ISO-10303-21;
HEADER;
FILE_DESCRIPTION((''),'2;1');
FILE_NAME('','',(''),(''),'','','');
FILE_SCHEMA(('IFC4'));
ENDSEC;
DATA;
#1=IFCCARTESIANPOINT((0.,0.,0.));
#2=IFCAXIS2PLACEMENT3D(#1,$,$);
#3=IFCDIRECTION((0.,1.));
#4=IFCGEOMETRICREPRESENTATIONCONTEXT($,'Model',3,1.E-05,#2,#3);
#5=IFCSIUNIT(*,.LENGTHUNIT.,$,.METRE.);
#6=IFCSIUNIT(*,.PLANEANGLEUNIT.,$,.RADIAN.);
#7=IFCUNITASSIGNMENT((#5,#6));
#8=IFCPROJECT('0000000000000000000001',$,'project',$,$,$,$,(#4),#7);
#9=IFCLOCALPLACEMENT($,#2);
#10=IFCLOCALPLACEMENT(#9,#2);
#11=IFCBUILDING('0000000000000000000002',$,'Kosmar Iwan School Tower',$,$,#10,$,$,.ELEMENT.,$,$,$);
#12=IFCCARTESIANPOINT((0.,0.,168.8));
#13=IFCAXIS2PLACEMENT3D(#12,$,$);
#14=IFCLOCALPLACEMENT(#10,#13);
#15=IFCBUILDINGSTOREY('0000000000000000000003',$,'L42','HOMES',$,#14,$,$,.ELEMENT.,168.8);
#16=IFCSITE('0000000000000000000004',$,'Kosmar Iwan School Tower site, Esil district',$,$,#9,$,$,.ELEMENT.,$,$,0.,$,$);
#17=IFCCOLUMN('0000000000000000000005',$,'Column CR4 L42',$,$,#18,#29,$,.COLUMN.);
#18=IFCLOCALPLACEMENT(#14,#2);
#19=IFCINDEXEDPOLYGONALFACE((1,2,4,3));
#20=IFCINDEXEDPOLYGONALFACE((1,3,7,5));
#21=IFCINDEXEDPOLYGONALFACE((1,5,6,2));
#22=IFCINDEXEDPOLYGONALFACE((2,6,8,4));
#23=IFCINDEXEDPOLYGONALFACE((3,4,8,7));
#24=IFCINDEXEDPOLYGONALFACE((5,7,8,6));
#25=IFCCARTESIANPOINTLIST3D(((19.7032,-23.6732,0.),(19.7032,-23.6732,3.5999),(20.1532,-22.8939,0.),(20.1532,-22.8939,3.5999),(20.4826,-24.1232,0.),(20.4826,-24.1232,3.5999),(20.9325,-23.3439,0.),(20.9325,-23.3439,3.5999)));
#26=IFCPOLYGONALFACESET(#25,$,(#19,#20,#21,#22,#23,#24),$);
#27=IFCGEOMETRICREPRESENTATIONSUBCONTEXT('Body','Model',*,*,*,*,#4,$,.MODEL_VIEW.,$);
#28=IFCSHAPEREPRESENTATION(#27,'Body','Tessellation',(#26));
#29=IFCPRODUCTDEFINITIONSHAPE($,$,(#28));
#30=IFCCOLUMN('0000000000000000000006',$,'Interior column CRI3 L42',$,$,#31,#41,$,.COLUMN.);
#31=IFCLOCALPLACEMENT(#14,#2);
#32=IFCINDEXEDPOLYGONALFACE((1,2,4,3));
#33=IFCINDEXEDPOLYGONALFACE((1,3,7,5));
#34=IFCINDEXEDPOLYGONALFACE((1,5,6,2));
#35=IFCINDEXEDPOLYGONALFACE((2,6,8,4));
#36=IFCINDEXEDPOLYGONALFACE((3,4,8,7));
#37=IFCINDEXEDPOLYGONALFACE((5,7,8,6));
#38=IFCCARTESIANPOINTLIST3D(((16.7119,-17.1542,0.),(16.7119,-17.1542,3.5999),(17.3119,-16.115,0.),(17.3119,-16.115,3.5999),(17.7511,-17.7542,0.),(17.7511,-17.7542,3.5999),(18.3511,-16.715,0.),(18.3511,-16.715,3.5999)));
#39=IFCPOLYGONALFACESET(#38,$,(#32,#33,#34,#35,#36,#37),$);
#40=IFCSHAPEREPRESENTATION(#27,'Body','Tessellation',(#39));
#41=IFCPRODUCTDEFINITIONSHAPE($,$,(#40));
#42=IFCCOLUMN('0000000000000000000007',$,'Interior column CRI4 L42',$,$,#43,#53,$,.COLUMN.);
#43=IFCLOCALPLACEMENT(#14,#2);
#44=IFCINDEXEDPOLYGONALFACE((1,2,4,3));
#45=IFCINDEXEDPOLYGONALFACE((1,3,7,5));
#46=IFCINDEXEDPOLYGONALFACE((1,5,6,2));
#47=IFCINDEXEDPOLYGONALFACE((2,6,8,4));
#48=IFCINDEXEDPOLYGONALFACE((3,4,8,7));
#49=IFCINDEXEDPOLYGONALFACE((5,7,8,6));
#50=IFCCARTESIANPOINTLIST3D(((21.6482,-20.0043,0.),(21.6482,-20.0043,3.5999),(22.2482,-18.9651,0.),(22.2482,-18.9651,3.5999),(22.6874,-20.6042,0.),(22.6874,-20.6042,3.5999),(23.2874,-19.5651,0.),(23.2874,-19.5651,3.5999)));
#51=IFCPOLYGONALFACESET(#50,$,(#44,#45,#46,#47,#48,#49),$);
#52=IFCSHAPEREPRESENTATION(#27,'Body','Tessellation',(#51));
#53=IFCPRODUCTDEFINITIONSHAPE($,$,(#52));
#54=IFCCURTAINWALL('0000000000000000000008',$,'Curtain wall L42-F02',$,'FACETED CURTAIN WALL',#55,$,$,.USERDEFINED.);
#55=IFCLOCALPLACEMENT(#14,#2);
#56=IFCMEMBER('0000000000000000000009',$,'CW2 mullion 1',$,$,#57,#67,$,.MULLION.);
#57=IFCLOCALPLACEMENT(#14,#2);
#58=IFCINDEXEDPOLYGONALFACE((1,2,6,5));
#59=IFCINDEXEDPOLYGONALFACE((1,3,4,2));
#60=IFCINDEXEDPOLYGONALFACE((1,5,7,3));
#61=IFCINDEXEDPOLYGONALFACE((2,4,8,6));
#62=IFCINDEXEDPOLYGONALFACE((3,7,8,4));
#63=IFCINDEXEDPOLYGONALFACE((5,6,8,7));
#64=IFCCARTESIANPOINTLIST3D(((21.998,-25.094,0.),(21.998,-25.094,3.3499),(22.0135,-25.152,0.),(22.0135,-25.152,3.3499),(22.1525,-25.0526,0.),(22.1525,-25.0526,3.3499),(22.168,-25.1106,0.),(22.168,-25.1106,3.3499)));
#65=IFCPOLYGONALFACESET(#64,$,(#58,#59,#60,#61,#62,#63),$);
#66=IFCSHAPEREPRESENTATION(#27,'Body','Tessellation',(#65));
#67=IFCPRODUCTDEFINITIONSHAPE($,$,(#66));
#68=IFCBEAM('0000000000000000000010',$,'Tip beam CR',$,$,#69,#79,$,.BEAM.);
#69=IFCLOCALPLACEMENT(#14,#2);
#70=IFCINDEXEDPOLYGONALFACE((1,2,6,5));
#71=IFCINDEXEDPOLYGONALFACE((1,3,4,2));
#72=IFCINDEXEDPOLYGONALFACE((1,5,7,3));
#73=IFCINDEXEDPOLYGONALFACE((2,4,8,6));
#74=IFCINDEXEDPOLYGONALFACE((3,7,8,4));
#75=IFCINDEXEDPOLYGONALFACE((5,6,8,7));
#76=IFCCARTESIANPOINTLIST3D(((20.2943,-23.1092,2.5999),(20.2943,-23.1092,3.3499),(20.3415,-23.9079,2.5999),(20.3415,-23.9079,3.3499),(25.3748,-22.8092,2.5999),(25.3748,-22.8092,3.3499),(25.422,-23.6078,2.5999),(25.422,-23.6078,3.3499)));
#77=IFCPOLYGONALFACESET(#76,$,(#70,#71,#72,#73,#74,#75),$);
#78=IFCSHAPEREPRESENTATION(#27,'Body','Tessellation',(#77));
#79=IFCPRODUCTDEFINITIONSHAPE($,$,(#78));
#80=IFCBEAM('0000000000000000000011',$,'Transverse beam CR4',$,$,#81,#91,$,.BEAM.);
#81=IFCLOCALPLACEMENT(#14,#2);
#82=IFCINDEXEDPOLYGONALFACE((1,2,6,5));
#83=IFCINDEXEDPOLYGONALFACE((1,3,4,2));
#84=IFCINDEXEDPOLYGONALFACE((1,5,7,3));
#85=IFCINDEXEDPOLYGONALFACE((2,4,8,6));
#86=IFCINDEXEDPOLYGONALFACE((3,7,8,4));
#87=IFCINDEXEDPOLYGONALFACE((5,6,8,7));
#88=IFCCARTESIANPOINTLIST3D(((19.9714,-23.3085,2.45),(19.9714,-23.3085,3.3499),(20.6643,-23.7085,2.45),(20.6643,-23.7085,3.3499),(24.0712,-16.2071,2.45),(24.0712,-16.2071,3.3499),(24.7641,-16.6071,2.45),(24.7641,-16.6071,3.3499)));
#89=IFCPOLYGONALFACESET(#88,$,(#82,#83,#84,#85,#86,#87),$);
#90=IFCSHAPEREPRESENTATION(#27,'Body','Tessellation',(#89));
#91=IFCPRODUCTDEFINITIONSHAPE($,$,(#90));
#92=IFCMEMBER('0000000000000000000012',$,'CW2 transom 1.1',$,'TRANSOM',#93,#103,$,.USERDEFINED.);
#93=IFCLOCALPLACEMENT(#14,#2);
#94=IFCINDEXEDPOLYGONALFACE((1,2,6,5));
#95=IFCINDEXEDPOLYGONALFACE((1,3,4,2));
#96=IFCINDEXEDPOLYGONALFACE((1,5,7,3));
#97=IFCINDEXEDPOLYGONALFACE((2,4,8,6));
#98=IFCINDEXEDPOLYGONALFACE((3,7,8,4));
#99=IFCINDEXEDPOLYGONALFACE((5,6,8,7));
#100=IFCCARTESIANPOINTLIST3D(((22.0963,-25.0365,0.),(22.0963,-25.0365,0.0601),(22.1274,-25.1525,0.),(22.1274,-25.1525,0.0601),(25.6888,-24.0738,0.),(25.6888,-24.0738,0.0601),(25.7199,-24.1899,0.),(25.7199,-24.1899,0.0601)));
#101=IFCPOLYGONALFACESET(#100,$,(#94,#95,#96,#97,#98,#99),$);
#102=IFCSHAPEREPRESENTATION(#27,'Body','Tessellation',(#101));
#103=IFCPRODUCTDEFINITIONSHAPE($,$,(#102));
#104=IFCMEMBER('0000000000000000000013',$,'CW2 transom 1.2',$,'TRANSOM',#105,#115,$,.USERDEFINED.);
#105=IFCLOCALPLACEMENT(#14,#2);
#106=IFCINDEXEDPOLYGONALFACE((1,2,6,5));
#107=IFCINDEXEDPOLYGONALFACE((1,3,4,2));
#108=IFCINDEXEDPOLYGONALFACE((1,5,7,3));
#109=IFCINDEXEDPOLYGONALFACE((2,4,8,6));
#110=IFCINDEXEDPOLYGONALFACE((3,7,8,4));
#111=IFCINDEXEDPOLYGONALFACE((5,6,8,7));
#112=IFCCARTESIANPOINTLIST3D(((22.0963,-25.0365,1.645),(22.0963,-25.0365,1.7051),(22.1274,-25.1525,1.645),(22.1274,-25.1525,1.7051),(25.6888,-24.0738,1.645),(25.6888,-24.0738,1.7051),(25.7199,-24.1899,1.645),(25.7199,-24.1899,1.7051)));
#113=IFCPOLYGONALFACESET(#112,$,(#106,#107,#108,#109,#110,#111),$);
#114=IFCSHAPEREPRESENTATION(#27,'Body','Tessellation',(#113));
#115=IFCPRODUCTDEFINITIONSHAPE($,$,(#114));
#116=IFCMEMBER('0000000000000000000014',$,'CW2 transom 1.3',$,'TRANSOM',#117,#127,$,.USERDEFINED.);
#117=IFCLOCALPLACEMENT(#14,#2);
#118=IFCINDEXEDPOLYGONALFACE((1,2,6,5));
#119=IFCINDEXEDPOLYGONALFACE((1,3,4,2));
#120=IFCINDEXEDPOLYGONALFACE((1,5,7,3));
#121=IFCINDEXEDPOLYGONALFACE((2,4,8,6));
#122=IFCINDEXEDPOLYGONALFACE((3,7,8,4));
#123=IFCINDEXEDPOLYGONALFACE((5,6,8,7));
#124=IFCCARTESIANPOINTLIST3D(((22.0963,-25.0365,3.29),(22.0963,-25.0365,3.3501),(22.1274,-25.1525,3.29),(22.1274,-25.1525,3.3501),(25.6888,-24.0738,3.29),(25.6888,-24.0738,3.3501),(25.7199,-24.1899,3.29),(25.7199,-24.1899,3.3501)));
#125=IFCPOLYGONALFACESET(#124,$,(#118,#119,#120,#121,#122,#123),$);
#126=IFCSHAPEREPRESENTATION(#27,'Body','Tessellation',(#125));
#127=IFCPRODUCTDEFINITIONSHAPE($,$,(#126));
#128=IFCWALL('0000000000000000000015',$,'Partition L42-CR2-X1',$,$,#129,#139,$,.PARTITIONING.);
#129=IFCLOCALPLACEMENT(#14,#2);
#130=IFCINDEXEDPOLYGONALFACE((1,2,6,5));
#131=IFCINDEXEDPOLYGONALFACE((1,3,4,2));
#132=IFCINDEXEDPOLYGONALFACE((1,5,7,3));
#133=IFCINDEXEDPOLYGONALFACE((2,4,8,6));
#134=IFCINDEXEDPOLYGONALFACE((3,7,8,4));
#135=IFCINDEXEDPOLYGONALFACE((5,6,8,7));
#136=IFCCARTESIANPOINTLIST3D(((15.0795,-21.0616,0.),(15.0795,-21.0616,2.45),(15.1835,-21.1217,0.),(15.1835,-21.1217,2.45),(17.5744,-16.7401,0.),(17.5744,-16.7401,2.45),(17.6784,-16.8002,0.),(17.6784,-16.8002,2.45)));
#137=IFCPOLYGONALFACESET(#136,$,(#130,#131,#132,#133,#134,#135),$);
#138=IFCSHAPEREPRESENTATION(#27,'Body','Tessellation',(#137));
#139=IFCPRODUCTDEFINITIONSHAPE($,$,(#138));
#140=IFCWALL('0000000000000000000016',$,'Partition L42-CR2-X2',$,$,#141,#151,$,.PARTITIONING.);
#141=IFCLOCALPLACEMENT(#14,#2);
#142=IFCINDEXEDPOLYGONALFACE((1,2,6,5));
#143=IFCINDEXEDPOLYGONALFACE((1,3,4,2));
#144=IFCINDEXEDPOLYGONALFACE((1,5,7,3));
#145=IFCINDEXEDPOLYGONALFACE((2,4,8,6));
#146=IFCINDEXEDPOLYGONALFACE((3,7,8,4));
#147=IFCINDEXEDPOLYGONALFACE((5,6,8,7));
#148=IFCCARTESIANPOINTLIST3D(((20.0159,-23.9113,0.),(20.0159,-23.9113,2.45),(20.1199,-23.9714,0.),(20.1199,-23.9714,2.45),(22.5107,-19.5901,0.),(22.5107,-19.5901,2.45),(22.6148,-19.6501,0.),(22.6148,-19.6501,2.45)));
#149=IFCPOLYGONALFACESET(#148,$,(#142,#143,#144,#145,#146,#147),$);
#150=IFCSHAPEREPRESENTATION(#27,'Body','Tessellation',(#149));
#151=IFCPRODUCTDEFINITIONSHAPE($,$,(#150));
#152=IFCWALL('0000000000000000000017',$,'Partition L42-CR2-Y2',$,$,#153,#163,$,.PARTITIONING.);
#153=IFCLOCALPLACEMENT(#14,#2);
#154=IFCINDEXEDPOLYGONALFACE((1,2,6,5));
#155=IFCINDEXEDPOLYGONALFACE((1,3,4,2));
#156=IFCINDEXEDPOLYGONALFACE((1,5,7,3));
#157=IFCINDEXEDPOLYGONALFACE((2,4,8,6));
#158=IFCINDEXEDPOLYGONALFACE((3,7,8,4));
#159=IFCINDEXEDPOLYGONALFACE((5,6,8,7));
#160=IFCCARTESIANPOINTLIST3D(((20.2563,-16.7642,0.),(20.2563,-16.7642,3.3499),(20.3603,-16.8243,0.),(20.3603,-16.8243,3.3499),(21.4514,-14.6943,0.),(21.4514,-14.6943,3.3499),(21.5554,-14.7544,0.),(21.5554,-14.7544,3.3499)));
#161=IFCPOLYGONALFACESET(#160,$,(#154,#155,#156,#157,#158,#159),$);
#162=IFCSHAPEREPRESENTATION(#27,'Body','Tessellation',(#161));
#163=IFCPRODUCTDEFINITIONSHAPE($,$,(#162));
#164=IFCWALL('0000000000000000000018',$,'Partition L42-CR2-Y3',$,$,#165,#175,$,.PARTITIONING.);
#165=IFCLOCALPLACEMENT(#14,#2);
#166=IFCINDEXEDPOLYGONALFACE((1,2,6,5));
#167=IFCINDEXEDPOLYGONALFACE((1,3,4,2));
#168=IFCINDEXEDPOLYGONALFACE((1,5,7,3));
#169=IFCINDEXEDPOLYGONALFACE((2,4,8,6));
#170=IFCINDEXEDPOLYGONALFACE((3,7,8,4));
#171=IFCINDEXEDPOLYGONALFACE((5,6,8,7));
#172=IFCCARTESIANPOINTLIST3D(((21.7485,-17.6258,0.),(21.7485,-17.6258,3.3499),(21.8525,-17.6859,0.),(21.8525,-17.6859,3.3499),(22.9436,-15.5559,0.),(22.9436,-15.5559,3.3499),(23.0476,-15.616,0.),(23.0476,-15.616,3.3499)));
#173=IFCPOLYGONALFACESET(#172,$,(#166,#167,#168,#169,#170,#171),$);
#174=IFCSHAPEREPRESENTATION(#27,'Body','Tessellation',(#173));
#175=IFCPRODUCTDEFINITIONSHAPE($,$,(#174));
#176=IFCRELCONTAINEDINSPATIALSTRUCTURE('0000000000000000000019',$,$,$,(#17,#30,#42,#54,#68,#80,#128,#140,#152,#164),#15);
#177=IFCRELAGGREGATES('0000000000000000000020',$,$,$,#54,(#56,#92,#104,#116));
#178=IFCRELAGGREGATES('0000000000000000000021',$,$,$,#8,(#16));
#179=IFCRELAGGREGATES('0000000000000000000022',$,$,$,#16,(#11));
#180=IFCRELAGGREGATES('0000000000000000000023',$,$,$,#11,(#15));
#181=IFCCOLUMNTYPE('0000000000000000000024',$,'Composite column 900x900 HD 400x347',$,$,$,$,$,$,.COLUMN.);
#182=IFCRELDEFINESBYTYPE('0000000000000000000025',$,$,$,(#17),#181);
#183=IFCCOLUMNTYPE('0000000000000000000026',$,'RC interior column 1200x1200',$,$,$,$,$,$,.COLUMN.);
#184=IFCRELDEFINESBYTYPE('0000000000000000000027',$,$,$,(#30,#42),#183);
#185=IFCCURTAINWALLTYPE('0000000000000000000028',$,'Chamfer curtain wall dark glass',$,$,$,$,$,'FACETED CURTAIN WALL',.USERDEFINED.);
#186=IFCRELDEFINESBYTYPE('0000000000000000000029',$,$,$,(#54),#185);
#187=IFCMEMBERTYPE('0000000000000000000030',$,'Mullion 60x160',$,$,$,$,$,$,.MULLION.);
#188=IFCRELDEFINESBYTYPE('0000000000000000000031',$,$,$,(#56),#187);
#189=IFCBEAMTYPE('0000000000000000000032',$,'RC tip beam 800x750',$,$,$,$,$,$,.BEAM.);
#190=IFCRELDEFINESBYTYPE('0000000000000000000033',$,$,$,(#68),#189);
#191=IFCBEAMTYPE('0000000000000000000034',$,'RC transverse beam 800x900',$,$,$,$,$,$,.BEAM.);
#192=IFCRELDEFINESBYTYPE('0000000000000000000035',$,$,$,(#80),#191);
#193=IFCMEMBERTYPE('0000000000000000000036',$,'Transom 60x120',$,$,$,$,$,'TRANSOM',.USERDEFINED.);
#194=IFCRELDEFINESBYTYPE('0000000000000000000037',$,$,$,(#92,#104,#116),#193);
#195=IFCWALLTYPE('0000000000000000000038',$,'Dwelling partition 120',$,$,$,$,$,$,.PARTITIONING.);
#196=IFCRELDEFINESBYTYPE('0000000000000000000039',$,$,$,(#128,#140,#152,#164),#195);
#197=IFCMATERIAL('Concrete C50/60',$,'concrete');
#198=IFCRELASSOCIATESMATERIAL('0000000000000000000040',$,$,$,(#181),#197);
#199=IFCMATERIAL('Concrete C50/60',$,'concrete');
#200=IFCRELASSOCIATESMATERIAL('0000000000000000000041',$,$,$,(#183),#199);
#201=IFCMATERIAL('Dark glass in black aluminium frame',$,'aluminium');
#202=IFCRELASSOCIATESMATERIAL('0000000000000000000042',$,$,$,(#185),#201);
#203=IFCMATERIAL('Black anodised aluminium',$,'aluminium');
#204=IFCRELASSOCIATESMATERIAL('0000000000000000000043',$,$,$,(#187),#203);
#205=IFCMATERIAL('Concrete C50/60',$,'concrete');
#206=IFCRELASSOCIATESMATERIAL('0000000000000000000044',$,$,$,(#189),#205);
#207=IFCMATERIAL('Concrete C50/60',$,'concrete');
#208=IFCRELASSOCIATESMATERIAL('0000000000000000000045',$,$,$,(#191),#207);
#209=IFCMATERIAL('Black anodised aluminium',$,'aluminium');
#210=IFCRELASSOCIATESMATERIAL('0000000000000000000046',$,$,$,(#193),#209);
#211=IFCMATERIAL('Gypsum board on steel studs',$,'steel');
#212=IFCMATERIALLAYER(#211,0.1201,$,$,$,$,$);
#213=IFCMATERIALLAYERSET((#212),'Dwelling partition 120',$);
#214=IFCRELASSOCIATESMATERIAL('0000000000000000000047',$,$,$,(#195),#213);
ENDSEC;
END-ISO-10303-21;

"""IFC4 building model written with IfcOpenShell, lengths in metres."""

from ifc_helpers import new_model, si_unit, direction, frame, frame_2d, origin, origin_2d, place, context, subcontext, project, spatial, rectangle, extrude, material, layer, layer_set, material_profile, profile_set, type_object, element, aggregate, save


model = new_model("IFC4")

# Units and contexts
model_context = context("Model", 3, precision=1e-05, world=origin(), true_north=direction((0.0, 1.0)))
body_context = subcontext(model_context, "Body", "Model", "MODEL_VIEW")
ifc_project = project(units=[si_unit("LENGTHUNIT", "METRE"), si_unit("PLANEANGLEUNIT", "RADIAN")], contexts=[model_context])

# Site, building, storey
site_placement = place(None, origin())
site = spatial("IfcSite", under=ifc_project, at=site_placement, Name="Kosmar Iwan School Tower site, Esil district", CompositionType="ELEMENT", RefElevation=0.0)
building_placement = place(site_placement, origin())
building = spatial("IfcBuilding", under=site, at=building_placement, Name="Kosmar Iwan School Tower", CompositionType="ELEMENT")
storey_placement = place(building_placement, frame((0.0, 0.0, 168.8)))
storey = spatial("IfcBuildingStorey", under=building, at=storey_placement, Name="L42", Description="HOMES", CompositionType="ELEMENT", Elevation=168.8)

# Columns
ifc_material_1 = material(Name="Concrete C50/60", Category="concrete")
ifc_material_profile_1 = material_profile(ifc_material_1, rectangle(XDim=0.8999, YDim=0.8999, at=origin_2d()), Name="RC 900x900 + HD 400x347")
ifc_profile_set_1 = profile_set([ifc_material_profile_1], Name="Concrete C50/60")
column_type_1 = type_object("IfcColumnType", Name="Composite column 900x900 HD 400x347", PredefinedType="COLUMN", material=ifc_profile_set_1)
column_placement = place(storey_placement, frame((20.3179, -23.5085, 0.0), z_axis=(0.0, 0.0, 1.0), x_axis=(0.866025, -0.5, 0.0)))
element("IfcColumn", 1, at=column_placement, inside=storey, type_object=column_type_1, Name="Column CR4 L42", PredefinedType="COLUMN", context=body_context, shape_type="SweptSolid", body=[
    extrude(rectangle(XDim=0.8999, YDim=0.8999, at=origin_2d()), origin(), (0.0, 0.0, 1.0), 3.5999),
])
ifc_material_2 = material(Name="Concrete C50/60", Category="concrete")
ifc_material_profile_2 = material_profile(ifc_material_2, rectangle(XDim=1.2, YDim=1.2, at=origin_2d()), Name="RC 1200x1200")
ifc_profile_set_2 = profile_set([ifc_material_profile_2], Name="Concrete C50/60")
column_type_2 = type_object("IfcColumnType", Name="RC interior column 1200x1200", PredefinedType="COLUMN", material=ifc_profile_set_2)
for number, where, z_axis, x_axis, name in (
    (2, (17.5315, -16.9346, 0.0), (0.0, 0.0, 1.0), (0.866025, -0.5, 0.0), "Interior column CRI3 L42"),
    (3, (22.4678, -19.7847, 0.0), (0.0, 0.0, 1.0), (0.866025, -0.5, 0.0), "Interior column CRI4 L42"),
):
    element("IfcColumn", number, at=place(storey_placement, frame(where, z_axis=z_axis, x_axis=x_axis)), inside=storey, type_object=column_type_2, Name=name, PredefinedType="COLUMN", context=body_context, shape_type="SweptSolid", body=[
        extrude(rectangle(XDim=1.2, YDim=1.2, at=origin_2d()), origin(), (0.0, 0.0, 1.0), 3.5999),
    ])

# Curtain wall, member
ifc_material_3 = material(Name="Dark glass in black aluminium frame", Category="aluminium")
curtain_wall_type = type_object("IfcCurtainWallType", Name="Chamfer curtain wall dark glass", ElementType="FACETED CURTAIN WALL", PredefinedType="USERDEFINED", material=ifc_material_3)
curtain_wall_placement = place(storey_placement, origin())
curtain_wall = element("IfcCurtainWall", 4, at=curtain_wall_placement, inside=storey, type_object=curtain_wall_type, Name="Curtain wall L42-F02", ObjectType="FACETED CURTAIN WALL", PredefinedType="USERDEFINED")
ifc_material_4 = material(Name="Black anodised aluminium", Category="aluminium")
ifc_material_profile_3 = material_profile(ifc_material_4, rectangle(XDim=0.0601, YDim=0.1599, at=origin_2d()), Name="MULLION 60x160")
ifc_profile_set_3 = profile_set([ifc_material_profile_3], Name="Black anodised aluminium")
member_type_1 = type_object("IfcMemberType", Name="Mullion 60x160", PredefinedType="MULLION", material=ifc_profile_set_3)
member_1_placement = place(storey_placement, frame((22.083, -25.1023, 0.0), z_axis=(0.0, 0.0, 1.0), x_axis=(-0.258819, 0.965926, 0.0)))
member_1 = element("IfcMember", 5, at=member_1_placement, type_object=member_type_1, Name="CW2 mullion 1", PredefinedType="MULLION", context=body_context, shape_type="SweptSolid", body=[
    extrude(rectangle(XDim=0.0601, YDim=0.1599, at=origin_2d()), origin(), (0.0, 0.0, 1.0), 3.3499),
])

# Beams
ifc_material_5 = material(Name="Concrete C50/60", Category="concrete")
ifc_material_profile_4 = material_profile(ifc_material_5, rectangle(XDim=0.8, YDim=0.75, at=origin_2d()), Name="RC 800x750")
ifc_profile_set_4 = profile_set([ifc_material_profile_4], Name="Concrete C50/60")
beam_type_1 = type_object("IfcBeamType", Name="RC tip beam 800x750", PredefinedType="BEAM", material=ifc_profile_set_4)
beam_1_placement = place(storey_placement, frame((20.3179, -23.5085, 2.9749), z_axis=(0.998261, 0.058955, 0.0), x_axis=(-0.058955, 0.998261, 0.0)))
element("IfcBeam", 6, at=beam_1_placement, inside=storey, type_object=beam_type_1, Name="Tip beam CR", PredefinedType="BEAM", context=body_context, shape_type="SweptSolid", body=[
    extrude(rectangle(XDim=0.8, YDim=0.75, at=origin_2d()), origin(), (0.0, 0.0, 1.0), 5.0894),
])
ifc_material_6 = material(Name="Concrete C50/60", Category="concrete")
ifc_material_profile_5 = material_profile(ifc_material_6, rectangle(XDim=0.8, YDim=0.8999, at=origin_2d()), Name="RC 800x900")
ifc_profile_set_5 = profile_set([ifc_material_profile_5], Name="Concrete C50/60")
beam_type_2 = type_object("IfcBeamType", Name="RC transverse beam 800x900", PredefinedType="BEAM", material=ifc_profile_set_5)
beam_2_placement = place(storey_placement, frame((20.3179, -23.5085, 2.8999), z_axis=(0.499978, 0.866038, 0.0), x_axis=(-0.866038, 0.499978, 0.0)))
element("IfcBeam", 7, at=beam_2_placement, inside=storey, type_object=beam_type_2, Name="Transverse beam CR4", PredefinedType="BEAM", context=body_context, shape_type="SweptSolid", body=[
    extrude(rectangle(XDim=0.8, YDim=0.8999, at=origin_2d()), origin(), (0.0, 0.0, 1.0), 8.2),
])

# Members
ifc_material_7 = material(Name="Black anodised aluminium", Category="aluminium")
ifc_material_profile_6 = material_profile(ifc_material_7, rectangle(XDim=0.1201, YDim=0.0601, at=origin_2d()), Name="TRANSOM 60x120")
ifc_profile_set_6 = profile_set([ifc_material_profile_6], Name="Black anodised aluminium")
member_type_2 = type_object("IfcMemberType", Name="Transom 60x120", ElementType="TRANSOM", PredefinedType="USERDEFINED", material=ifc_profile_set_6)
member_2_placement = place(storey_placement, frame((22.1118, -25.0945, 0.03), z_axis=(0.965924, 0.258827, 0.0), x_axis=(-0.258827, 0.965924, 0.0)))
member_2 = element("IfcMember", 8, at=member_2_placement, type_object=member_type_2, Name="CW2 transom 1.1", ObjectType="TRANSOM", PredefinedType="USERDEFINED", context=body_context, shape_type="SweptSolid", body=[
    extrude(rectangle(XDim=0.1201, YDim=0.0601, at=origin_2d()), origin(), (0.0, 0.0, 1.0), 3.7192),
])
member_3_placement = place(storey_placement, frame((22.1118, -25.0945, 1.675), z_axis=(0.965924, 0.258827, 0.0), x_axis=(-0.258827, 0.965924, 0.0)))
member_3 = element("IfcMember", 9, at=member_3_placement, type_object=member_type_2, Name="CW2 transom 1.2", ObjectType="TRANSOM", PredefinedType="USERDEFINED", context=body_context, shape_type="SweptSolid", body=[
    extrude(rectangle(XDim=0.1201, YDim=0.0601, at=origin_2d()), origin(), (0.0, 0.0, 1.0), 3.7192),
])
member_4_placement = place(storey_placement, frame((22.1118, -25.0945, 3.3201), z_axis=(0.965924, 0.258827, 0.0), x_axis=(-0.258827, 0.965924, 0.0)))
member_4 = element("IfcMember", 10, at=member_4_placement, type_object=member_type_2, Name="CW2 transom 1.3", ObjectType="TRANSOM", PredefinedType="USERDEFINED", context=body_context, shape_type="SweptSolid", body=[
    extrude(rectangle(XDim=0.1201, YDim=0.0601, at=origin_2d()), origin(), (0.0, 0.0, 1.0), 3.7192),
])
aggregate(curtain_wall, [member_1, member_2, member_3, member_4])

# Walls
ifc_material_8 = material(Name="Gypsum board on steel studs", Category="steel")
ifc_layer = layer(ifc_material_8, 0.1201)
ifc_layer_set = layer_set([ifc_layer], Name="Dwelling partition 120")
wall_type = type_object("IfcWallType", Name="Dwelling partition 120", PredefinedType="PARTITIONING", material=ifc_layer_set)
wall_1_placement = place(storey_placement, frame((17.6265, -16.77, 0.0), z_axis=(0.0, 0.0, 1.0), x_axis=(-0.499975, -0.86604, 0.0)))
element("IfcWall", 11, at=wall_1_placement, inside=storey, type_object=wall_type, Name="Partition L42-CR2-X1", PredefinedType="PARTITIONING", context=body_context, shape_type="SweptSolid", body=[
    extrude(rectangle(XDim=4.99, YDim=0.1201, at=frame_2d((2.4951, 0.0))), origin(), (0.0, 0.0, 1.0), 2.45),
])
wall_2_placement = place(storey_placement, frame((22.5627, -19.6201, 0.0), z_axis=(0.0, 0.0, 1.0), x_axis=(-0.499996, -0.866028, 0.0)))
element("IfcWall", 12, at=wall_2_placement, inside=storey, type_object=wall_type, Name="Partition L42-CR2-X2", PredefinedType="PARTITIONING", context=body_context, shape_type="SweptSolid", body=[
    extrude(rectangle(XDim=4.9897, YDim=0.1201, at=frame_2d((2.4949, 0.0))), origin(), (0.0, 0.0, 1.0), 2.45),
])
for number, where, z_axis, x_axis, name in (
    (13, (21.5034, -14.7244, 0.0), (0.0, 0.0, 1.0), (-0.500017, -0.866015, 0.0), "Partition L42-CR2-Y2"),
    (14, (22.9956, -15.5859, 0.0), (0.0, 0.0, 1.0), (-0.500017, -0.866015, 0.0), "Partition L42-CR2-Y3"),
):
    element("IfcWall", number, at=place(storey_placement, frame(where, z_axis=z_axis, x_axis=x_axis)), inside=storey, type_object=wall_type, Name=name, PredefinedType="PARTITIONING", context=body_context, shape_type="SweptSolid", body=[
        extrude(rectangle(XDim=2.3901, YDim=0.1201, at=frame_2d((1.1951, 0.0))), origin(), (0.0, 0.0, 1.0), 3.3499),
    ])

save(model, "model.ifc")
